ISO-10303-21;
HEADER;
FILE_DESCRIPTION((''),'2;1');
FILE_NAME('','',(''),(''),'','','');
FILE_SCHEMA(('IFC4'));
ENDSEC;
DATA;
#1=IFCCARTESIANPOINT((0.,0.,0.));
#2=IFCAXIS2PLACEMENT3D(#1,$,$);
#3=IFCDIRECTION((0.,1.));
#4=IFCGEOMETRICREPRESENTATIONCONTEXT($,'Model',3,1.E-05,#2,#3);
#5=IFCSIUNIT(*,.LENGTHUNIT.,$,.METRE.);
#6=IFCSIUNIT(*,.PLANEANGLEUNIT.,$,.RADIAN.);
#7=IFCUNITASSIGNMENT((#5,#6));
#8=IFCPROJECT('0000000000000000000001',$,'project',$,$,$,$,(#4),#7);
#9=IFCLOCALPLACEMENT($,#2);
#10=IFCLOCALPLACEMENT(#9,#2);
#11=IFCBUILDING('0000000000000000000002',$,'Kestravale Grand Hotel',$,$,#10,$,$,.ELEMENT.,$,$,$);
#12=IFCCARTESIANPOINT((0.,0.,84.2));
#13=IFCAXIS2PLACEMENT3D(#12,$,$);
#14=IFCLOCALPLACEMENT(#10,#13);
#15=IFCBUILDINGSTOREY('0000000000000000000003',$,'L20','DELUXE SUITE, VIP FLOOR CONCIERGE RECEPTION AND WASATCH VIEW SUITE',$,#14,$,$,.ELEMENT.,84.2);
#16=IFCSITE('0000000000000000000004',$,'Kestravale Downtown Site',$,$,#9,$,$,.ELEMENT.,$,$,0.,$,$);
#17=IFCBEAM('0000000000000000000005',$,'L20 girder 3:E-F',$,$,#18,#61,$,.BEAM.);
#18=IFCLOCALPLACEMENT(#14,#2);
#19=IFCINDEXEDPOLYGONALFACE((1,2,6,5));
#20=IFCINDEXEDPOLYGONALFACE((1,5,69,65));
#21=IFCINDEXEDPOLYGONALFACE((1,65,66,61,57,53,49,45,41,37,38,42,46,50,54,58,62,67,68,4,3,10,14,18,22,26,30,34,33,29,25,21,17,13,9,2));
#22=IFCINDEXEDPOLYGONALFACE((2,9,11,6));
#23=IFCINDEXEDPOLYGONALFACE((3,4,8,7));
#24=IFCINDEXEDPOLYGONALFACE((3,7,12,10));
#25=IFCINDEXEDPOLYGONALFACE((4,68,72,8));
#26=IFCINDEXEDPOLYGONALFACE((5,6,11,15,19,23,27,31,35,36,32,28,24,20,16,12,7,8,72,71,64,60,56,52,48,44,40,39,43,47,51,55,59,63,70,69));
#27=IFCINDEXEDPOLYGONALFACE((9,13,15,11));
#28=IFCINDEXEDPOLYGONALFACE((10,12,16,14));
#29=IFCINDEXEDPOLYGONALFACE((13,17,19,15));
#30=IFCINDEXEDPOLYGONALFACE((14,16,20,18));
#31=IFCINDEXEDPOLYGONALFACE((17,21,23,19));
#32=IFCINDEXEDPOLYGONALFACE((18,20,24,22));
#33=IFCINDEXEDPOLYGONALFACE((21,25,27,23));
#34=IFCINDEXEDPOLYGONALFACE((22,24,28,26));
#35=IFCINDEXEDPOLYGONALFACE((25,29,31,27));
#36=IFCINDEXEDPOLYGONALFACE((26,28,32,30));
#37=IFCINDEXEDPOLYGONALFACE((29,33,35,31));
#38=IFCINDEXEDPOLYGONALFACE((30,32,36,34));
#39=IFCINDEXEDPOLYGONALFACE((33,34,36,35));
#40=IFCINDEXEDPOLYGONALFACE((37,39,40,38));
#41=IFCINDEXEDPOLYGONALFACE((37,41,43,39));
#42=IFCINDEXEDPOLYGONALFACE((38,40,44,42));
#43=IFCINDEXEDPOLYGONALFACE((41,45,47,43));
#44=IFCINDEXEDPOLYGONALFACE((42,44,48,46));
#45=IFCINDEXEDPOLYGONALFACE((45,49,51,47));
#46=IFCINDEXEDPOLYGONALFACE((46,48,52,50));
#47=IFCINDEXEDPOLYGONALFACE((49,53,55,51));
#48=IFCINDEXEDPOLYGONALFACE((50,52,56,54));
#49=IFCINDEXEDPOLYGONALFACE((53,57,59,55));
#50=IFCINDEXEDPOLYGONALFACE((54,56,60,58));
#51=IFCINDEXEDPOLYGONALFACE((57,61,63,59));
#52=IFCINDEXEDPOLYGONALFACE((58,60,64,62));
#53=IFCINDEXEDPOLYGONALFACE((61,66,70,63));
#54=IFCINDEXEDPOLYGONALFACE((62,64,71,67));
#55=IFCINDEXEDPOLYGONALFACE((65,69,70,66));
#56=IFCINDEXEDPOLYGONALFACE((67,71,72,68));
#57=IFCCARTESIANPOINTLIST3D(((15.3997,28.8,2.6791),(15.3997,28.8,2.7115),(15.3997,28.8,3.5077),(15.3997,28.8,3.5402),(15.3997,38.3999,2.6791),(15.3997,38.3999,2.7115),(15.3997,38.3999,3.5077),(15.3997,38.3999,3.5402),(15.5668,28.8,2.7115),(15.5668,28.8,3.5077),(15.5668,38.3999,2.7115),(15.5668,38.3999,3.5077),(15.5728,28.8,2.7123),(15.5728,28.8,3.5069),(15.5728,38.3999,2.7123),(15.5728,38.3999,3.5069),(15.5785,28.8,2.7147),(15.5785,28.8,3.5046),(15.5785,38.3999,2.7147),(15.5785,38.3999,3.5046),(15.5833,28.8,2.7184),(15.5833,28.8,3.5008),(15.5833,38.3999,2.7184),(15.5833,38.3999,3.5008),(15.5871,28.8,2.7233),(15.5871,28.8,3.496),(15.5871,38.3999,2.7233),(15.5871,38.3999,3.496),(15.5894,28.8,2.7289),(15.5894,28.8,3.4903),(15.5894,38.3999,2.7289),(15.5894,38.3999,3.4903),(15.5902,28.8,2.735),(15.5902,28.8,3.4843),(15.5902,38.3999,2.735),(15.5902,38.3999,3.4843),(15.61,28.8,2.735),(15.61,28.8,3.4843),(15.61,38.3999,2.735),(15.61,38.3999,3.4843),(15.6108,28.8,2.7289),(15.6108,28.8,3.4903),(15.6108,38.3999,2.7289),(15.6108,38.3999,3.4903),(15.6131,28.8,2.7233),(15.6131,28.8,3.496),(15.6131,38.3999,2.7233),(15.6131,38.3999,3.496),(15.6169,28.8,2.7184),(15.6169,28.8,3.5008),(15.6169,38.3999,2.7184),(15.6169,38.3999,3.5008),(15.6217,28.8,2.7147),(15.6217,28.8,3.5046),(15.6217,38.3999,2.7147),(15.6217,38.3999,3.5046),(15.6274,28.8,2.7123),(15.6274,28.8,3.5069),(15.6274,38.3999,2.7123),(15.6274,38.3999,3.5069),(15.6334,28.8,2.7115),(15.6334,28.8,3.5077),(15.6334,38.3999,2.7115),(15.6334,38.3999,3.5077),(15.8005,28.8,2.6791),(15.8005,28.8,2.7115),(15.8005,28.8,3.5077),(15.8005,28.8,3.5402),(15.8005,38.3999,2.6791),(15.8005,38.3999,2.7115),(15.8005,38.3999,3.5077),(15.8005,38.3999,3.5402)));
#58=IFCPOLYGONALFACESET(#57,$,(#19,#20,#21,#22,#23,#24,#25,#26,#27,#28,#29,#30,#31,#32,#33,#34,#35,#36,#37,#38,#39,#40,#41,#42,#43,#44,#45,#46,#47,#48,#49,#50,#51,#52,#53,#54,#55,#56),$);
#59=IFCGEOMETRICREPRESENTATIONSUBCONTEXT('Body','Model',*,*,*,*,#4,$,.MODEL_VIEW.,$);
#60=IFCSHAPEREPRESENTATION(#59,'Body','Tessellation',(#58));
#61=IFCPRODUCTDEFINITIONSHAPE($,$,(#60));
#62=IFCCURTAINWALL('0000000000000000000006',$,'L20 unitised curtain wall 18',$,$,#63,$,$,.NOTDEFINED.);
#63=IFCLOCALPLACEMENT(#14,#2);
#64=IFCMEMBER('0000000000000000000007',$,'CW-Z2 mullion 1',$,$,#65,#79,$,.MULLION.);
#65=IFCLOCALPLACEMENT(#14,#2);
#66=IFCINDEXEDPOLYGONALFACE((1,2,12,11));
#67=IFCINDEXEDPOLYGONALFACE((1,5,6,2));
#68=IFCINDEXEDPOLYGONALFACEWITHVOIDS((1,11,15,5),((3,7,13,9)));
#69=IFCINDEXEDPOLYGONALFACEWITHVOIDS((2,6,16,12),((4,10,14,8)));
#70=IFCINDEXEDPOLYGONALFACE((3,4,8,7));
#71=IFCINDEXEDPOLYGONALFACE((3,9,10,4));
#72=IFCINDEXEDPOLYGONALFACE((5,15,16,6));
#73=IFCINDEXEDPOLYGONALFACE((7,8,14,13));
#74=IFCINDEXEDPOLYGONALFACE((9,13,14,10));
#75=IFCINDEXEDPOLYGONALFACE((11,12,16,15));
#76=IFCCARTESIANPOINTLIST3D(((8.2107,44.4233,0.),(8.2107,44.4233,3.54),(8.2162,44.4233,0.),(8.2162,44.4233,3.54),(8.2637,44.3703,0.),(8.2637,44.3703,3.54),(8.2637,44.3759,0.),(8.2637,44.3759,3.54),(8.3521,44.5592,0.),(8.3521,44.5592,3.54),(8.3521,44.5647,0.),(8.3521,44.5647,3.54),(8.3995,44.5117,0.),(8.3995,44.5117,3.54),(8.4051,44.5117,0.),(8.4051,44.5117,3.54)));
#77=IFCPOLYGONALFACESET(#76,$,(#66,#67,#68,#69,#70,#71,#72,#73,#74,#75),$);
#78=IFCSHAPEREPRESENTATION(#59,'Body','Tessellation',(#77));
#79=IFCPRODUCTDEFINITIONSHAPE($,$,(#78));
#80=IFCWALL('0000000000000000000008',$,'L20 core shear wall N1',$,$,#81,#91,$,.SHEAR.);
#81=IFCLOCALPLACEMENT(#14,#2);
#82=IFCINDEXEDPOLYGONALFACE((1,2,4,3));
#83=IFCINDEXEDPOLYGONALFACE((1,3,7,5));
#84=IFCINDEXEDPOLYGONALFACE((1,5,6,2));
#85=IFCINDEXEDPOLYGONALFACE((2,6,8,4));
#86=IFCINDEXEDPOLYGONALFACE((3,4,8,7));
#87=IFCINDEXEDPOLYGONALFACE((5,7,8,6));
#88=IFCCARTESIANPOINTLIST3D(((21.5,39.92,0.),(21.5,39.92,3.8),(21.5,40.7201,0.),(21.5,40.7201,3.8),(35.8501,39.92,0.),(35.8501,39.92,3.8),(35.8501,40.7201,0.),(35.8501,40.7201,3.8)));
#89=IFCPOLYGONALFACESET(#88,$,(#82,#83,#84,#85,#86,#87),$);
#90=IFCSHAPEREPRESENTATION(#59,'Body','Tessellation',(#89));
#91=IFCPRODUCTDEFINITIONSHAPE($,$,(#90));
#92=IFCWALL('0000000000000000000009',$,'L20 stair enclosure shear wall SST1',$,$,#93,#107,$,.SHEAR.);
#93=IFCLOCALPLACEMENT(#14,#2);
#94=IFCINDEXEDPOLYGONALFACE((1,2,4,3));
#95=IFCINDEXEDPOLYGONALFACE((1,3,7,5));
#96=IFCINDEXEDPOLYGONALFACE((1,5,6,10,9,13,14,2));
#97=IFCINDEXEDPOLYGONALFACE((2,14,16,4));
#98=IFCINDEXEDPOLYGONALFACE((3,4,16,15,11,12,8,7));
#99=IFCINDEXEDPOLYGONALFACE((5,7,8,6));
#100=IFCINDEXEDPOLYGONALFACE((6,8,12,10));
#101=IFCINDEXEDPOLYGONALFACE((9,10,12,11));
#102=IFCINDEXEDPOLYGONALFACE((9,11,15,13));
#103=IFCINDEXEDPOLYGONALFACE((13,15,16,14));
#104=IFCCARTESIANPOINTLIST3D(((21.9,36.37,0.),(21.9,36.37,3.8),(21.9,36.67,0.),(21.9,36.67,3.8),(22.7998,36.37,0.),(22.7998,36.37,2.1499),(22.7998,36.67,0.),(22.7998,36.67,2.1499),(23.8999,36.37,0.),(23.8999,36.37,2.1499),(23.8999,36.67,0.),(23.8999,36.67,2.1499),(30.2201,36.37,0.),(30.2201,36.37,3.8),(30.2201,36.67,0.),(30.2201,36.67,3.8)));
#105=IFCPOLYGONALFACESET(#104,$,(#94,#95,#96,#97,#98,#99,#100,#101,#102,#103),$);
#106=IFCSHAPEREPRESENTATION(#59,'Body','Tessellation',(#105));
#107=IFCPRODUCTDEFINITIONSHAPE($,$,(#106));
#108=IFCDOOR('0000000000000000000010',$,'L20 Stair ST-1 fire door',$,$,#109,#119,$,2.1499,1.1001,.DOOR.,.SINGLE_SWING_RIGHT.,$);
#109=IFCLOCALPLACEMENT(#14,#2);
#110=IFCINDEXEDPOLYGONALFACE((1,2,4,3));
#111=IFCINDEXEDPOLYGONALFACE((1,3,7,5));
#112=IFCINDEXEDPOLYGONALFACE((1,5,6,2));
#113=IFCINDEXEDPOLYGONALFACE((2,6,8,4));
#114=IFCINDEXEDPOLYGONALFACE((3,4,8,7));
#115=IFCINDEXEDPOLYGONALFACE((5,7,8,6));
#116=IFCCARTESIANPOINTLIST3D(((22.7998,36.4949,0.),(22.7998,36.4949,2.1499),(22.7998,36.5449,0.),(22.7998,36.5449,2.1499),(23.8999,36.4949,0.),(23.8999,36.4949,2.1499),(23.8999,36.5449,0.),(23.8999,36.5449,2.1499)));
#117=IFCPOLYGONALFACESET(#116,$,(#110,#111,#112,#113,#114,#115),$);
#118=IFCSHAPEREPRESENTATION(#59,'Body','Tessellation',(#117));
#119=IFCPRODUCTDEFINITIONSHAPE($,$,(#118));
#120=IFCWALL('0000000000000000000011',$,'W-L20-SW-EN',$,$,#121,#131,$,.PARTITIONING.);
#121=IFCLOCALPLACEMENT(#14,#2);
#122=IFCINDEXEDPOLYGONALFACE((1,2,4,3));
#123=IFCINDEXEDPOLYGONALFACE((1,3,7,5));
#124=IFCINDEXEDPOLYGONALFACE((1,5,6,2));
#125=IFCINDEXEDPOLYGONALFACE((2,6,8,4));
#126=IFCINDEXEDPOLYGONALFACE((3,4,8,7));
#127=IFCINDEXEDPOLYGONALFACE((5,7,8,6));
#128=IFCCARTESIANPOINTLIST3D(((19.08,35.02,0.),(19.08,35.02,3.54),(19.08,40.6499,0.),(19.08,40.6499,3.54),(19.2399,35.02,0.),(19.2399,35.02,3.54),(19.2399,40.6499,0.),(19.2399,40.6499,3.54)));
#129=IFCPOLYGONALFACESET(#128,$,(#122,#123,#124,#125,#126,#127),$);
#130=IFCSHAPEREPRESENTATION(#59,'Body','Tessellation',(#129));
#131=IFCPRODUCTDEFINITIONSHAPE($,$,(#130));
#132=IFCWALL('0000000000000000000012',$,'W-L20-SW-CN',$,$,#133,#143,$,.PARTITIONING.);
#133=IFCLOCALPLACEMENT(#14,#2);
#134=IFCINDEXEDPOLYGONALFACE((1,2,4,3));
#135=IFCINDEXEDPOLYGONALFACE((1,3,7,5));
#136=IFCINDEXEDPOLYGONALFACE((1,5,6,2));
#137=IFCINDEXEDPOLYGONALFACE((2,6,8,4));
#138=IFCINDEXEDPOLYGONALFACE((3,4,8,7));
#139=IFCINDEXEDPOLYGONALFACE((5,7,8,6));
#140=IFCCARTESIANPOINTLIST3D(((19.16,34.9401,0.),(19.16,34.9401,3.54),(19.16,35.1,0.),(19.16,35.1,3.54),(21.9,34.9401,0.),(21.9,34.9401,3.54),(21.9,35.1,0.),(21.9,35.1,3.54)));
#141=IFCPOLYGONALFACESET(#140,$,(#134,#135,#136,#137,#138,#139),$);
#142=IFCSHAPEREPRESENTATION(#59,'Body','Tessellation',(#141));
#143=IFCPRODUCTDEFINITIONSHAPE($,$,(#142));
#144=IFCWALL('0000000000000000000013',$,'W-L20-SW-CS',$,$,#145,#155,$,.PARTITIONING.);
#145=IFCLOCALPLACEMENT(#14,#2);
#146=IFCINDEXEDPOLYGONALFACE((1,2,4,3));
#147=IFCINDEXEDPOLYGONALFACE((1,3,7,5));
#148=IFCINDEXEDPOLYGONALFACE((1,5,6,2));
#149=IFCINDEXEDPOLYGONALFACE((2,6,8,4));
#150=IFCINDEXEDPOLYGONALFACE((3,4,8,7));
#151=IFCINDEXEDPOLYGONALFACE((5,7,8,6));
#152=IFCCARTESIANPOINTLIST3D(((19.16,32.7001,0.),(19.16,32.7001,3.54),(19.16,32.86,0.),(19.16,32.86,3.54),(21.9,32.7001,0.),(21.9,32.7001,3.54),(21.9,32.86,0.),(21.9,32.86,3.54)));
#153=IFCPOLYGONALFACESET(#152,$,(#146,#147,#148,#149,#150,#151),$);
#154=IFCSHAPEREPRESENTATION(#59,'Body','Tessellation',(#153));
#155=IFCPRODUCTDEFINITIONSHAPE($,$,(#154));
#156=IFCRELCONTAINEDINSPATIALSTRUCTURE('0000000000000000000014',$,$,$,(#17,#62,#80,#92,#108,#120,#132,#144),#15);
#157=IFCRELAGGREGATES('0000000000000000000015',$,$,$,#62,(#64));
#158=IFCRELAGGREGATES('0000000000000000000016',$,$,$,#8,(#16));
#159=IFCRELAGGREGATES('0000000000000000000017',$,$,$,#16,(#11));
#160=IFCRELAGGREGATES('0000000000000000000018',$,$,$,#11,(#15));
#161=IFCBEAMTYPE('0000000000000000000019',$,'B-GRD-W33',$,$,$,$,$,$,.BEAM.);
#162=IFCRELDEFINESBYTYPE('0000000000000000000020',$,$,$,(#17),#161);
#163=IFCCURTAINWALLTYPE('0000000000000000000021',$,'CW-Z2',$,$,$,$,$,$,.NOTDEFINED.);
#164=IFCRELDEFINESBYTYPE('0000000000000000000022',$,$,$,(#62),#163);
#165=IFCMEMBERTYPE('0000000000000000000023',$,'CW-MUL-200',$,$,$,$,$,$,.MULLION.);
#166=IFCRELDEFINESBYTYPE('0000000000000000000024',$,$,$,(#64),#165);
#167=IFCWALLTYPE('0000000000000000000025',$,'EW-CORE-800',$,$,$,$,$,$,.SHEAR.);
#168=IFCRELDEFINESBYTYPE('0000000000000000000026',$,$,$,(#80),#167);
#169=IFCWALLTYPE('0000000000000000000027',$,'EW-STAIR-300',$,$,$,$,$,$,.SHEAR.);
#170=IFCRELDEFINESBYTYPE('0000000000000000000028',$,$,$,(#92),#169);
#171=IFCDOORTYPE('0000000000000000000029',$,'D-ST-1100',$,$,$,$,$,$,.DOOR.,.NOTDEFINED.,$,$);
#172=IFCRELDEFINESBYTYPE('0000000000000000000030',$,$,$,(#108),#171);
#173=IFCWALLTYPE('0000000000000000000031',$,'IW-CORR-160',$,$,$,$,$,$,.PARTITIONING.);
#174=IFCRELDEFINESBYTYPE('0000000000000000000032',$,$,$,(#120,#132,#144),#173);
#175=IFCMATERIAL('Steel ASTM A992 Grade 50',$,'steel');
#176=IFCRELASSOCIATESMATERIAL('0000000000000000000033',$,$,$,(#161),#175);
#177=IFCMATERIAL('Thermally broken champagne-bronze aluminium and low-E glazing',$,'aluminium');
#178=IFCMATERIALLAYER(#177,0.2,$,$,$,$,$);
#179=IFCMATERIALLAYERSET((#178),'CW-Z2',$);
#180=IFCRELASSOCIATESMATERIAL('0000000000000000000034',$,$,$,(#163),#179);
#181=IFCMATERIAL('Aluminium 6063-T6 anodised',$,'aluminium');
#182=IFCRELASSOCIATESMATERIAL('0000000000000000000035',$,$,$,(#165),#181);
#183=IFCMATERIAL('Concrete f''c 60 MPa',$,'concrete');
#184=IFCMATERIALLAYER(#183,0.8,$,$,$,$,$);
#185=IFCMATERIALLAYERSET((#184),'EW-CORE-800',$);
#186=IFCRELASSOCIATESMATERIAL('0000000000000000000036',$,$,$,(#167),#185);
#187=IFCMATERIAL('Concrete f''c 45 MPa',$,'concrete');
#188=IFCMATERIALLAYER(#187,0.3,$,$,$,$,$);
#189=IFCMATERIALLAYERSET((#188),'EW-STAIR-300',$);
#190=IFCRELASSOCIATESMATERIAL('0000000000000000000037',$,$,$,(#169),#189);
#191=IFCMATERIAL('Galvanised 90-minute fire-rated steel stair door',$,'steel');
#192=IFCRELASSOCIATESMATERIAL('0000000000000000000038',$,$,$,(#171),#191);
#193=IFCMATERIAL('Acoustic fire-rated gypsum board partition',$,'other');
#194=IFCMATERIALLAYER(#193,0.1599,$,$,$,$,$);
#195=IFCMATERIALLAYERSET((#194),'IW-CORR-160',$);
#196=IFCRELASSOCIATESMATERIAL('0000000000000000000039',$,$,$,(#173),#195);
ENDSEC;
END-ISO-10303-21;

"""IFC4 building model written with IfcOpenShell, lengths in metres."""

from ifc_helpers import new_model, si_unit, direction, frame, frame_2d, origin, origin_2d, place, context, subcontext, project, spatial, rectangle, hollow_rectangle, i_section, extrude, material, layer, layer_set, material_profile, profile_set, type_object, element, fill, aggregate, save


model = new_model("IFC4")

# Units and contexts
model_context = context("Model", 3, precision=1e-05, world=origin(), true_north=direction((0.0, 1.0)))
body_context = subcontext(model_context, "Body", "Model", "MODEL_VIEW")
ifc_project = project(units=[si_unit("LENGTHUNIT", "METRE"), si_unit("PLANEANGLEUNIT", "RADIAN")], contexts=[model_context])

# Site, building, storey
site_placement = place(None, origin())
site = spatial("IfcSite", under=ifc_project, at=site_placement, Name="Kestravale Downtown Site", CompositionType="ELEMENT", RefElevation=0.0)
building_placement = place(site_placement, origin())
building = spatial("IfcBuilding", under=site, at=building_placement, Name="Kestravale Grand Hotel", CompositionType="ELEMENT")
storey_placement = place(building_placement, frame((0.0, 0.0, 84.2)))
storey = spatial("IfcBuildingStorey", under=building, at=storey_placement, Name="L20", Description="DELUXE SUITE, VIP FLOOR CONCIERGE RECEPTION AND WASATCH VIEW SUITE", CompositionType="ELEMENT", Elevation=84.2)

# Beam
ifc_material_1 = material(Name="Steel ASTM A992 Grade 50", Category="steel")
ifc_material_profile_1 = material_profile(ifc_material_1, i_section(OverallWidth=0.4009, OverallDepth=0.8611, WebThickness=0.0198, FlangeThickness=0.0325, FilletRadius=0.0234, at=origin_2d()))
ifc_profile_set_1 = profile_set([ifc_material_profile_1], Name="Steel ASTM A992 Grade 50")
beam_type_1 = type_object("IfcBeamType", Name="B-GRD-W33", PredefinedType="BEAM", material=ifc_profile_set_1)
beam_1_placement = place(storey_placement, frame((15.6001, 28.8, 3.1096), z_axis=(0.0, 1.0, 0.0), x_axis=(-1.0, 0.0, 0.0)))
element("IfcBeam", 1, at=beam_1_placement, inside=storey, type_object=beam_type_1, Name="L20 girder 3:E-F", PredefinedType="BEAM", context=body_context, shape_type="SweptSolid", body=[
    extrude(i_section(OverallWidth=0.4009, OverallDepth=0.8611, WebThickness=0.0198, FlangeThickness=0.0325, FilletRadius=0.0234, at=origin_2d()), origin(), (0.0, 0.0, 1.0), 9.5999),
])

# Curtain wall, member
ifc_material_2 = material(Name="Thermally broken champagne-bronze aluminium and low-E glazing", Category="aluminium")
ifc_layer_1 = layer(ifc_material_2, 0.2)
ifc_layer_set_1 = layer_set([ifc_layer_1], Name="CW-Z2")
curtain_wall_type = type_object("IfcCurtainWallType", Name="CW-Z2", PredefinedType="NOTDEFINED", material=ifc_layer_set_1)
curtain_wall_placement = place(storey_placement, origin())
curtain_wall = element("IfcCurtainWall", 2, at=curtain_wall_placement, inside=storey, type_object=curtain_wall_type, Name="L20 unitised curtain wall 18", PredefinedType="NOTDEFINED")
ifc_material_3 = material(Name="Aluminium 6063-T6 anodised", Category="aluminium")
ifc_material_profile_2 = material_profile(ifc_material_3, hollow_rectangle(XDim=0.075, YDim=0.2, WallThickness=0.0039, at=origin_2d()))
ifc_profile_set_2 = profile_set([ifc_material_profile_2], Name="Aluminium 6063-T6 anodised")
member_type = type_object("IfcMemberType", Name="CW-MUL-200", PredefinedType="MULLION", material=ifc_profile_set_2)
member_placement = place(storey_placement, frame((8.3079, 44.4675, 0.0), z_axis=(0.0, 0.0, 1.0), x_axis=(0.707107, -0.707107, 0.0)))
member = element("IfcMember", 3, at=member_placement, type_object=member_type, Name="CW-Z2 mullion 1", PredefinedType="MULLION", context=body_context, shape_type="SweptSolid", body=[
    extrude(hollow_rectangle(XDim=0.075, YDim=0.2, WallThickness=0.0039, at=origin_2d()), origin(), (0.0, 0.0, 1.0), 3.54),
])
aggregate(curtain_wall, [member])

# Wall
ifc_material_4 = material(Name="Concrete f'c 60 MPa", Category="concrete")
ifc_layer_2 = layer(ifc_material_4, 0.8)
ifc_layer_set_2 = layer_set([ifc_layer_2], Name="EW-CORE-800")
wall_type_1 = type_object("IfcWallType", Name="EW-CORE-800", PredefinedType="SHEAR", material=ifc_layer_set_2)
wall_1_placement = place(storey_placement, frame((21.5, 40.3201, 0.0), z_axis=(0.0, 0.0, 1.0), x_axis=(1.0, 0.0, 0.0)))
element("IfcWall", 4, at=wall_1_placement, inside=storey, type_object=wall_type_1, Name="L20 core shear wall N1", PredefinedType="SHEAR", context=body_context, shape_type="SweptSolid", body=[
    extrude(rectangle(XDim=14.3501, YDim=0.8, at=frame_2d((7.175, 0.0))), origin(), (0.0, 0.0, 1.0), 3.8),
])

# Wall, opening, door
ifc_material_5 = material(Name="Concrete f'c 45 MPa", Category="concrete")
ifc_layer_3 = layer(ifc_material_5, 0.3)
ifc_layer_set_3 = layer_set([ifc_layer_3], Name="EW-STAIR-300")
wall_type_2 = type_object("IfcWallType", Name="EW-STAIR-300", PredefinedType="SHEAR", material=ifc_layer_set_3)
wall_2_placement = place(storey_placement, frame((21.8999, 36.52, 0.0), z_axis=(0.0, 0.0, 1.0), x_axis=(1.0, 0.0, 0.0)))
wall_2 = element("IfcWall", 5, at=wall_2_placement, inside=storey, type_object=wall_type_2, Name="L20 stair enclosure shear wall SST1", PredefinedType="SHEAR", context=body_context, shape_type="SweptSolid", body=[
    extrude(rectangle(XDim=8.3201, YDim=0.3, at=frame_2d((4.1602, 0.0))), origin(), (0.0, 0.0, 1.0), 3.8),
])
opening_1_placement = place(wall_2_placement, frame((0.8999, 0.0, 0.0)))
opening_1 = element("IfcOpeningElement", 6, at=opening_1_placement, cuts=wall_2, PredefinedType="OPENING", context=body_context, shape_type="SweptSolid", body=[
    extrude(rectangle(XDim=1.1001, YDim=2.1499, at=frame_2d((0.55, 1.075))), frame((0.0, 0.1599, 0.0), z_axis=(0.0, -1.0, 0.0), x_axis=(1.0, 0.0, 0.0)), (0.0, 0.0, 1.0), 0.3201),
])
ifc_material_6 = material(Name="Galvanised 90-minute fire-rated steel stair door", Category="steel")
door_type_1 = type_object("IfcDoorType", Name="D-ST-1100", OperationType="NOTDEFINED", PredefinedType="DOOR", material=ifc_material_6)
door_1_placement = place(opening_1_placement, origin())
door_1 = element("IfcDoor", 7, at=door_1_placement, inside=storey, type_object=door_type_1, Name="L20 Stair ST-1 fire door", OperationType="SINGLE_SWING_RIGHT", OverallHeight=2.1499, OverallWidth=1.1001, PredefinedType="DOOR", context=body_context, shape_type="SweptSolid", body=[
    extrude(rectangle(XDim=1.1001, YDim=2.1499, at=frame_2d((0.55, 1.075))), frame((0.0, 0.0249, 0.0), z_axis=(0.0, -1.0, 0.0), x_axis=(1.0, 0.0, 0.0)), (0.0, 0.0, 1.0), 0.05),
])
fill(opening_1, door_1)

# Walls
ifc_material_7 = material(Name="Acoustic fire-rated gypsum board partition", Category="other")
ifc_layer_4 = layer(ifc_material_7, 0.1599)
ifc_layer_set_4 = layer_set([ifc_layer_4], Name="IW-CORR-160")
wall_type_3 = type_object("IfcWallType", Name="IW-CORR-160", PredefinedType="PARTITIONING", material=ifc_layer_set_4)
wall_3_placement = place(storey_placement, frame((19.1599, 35.02, 0.0), z_axis=(0.0, 0.0, 1.0), x_axis=(0.0, 1.0, 0.0)))
element("IfcWall", 8, at=wall_3_placement, inside=storey, type_object=wall_type_3, Name="W-L20-SW-EN", PredefinedType="PARTITIONING", context=body_context, shape_type="SweptSolid", body=[
    extrude(rectangle(XDim=5.6299, YDim=0.1599, at=frame_2d((2.8149, 0.0))), origin(), (0.0, 0.0, 1.0), 3.54),
])
for number, where, z_axis, x_axis, name in (
    (9, (19.1599, 35.02, 0.0), (0.0, 0.0, 1.0), (1.0, 0.0, 0.0), "W-L20-SW-CN"),
    (10, (19.1599, 32.78, 0.0), (0.0, 0.0, 1.0), (1.0, 0.0, 0.0), "W-L20-SW-CS"),
):
    element("IfcWall", number, at=place(storey_placement, frame(where, z_axis=z_axis, x_axis=x_axis)), inside=storey, type_object=wall_type_3, Name=name, PredefinedType="PARTITIONING", context=body_context, shape_type="SweptSolid", body=[
        extrude(rectangle(XDim=2.74, YDim=0.1599, at=frame_2d((1.3701, 0.0))), origin(), (0.0, 0.0, 1.0), 3.54),
    ])

save(model, "model.ifc")
